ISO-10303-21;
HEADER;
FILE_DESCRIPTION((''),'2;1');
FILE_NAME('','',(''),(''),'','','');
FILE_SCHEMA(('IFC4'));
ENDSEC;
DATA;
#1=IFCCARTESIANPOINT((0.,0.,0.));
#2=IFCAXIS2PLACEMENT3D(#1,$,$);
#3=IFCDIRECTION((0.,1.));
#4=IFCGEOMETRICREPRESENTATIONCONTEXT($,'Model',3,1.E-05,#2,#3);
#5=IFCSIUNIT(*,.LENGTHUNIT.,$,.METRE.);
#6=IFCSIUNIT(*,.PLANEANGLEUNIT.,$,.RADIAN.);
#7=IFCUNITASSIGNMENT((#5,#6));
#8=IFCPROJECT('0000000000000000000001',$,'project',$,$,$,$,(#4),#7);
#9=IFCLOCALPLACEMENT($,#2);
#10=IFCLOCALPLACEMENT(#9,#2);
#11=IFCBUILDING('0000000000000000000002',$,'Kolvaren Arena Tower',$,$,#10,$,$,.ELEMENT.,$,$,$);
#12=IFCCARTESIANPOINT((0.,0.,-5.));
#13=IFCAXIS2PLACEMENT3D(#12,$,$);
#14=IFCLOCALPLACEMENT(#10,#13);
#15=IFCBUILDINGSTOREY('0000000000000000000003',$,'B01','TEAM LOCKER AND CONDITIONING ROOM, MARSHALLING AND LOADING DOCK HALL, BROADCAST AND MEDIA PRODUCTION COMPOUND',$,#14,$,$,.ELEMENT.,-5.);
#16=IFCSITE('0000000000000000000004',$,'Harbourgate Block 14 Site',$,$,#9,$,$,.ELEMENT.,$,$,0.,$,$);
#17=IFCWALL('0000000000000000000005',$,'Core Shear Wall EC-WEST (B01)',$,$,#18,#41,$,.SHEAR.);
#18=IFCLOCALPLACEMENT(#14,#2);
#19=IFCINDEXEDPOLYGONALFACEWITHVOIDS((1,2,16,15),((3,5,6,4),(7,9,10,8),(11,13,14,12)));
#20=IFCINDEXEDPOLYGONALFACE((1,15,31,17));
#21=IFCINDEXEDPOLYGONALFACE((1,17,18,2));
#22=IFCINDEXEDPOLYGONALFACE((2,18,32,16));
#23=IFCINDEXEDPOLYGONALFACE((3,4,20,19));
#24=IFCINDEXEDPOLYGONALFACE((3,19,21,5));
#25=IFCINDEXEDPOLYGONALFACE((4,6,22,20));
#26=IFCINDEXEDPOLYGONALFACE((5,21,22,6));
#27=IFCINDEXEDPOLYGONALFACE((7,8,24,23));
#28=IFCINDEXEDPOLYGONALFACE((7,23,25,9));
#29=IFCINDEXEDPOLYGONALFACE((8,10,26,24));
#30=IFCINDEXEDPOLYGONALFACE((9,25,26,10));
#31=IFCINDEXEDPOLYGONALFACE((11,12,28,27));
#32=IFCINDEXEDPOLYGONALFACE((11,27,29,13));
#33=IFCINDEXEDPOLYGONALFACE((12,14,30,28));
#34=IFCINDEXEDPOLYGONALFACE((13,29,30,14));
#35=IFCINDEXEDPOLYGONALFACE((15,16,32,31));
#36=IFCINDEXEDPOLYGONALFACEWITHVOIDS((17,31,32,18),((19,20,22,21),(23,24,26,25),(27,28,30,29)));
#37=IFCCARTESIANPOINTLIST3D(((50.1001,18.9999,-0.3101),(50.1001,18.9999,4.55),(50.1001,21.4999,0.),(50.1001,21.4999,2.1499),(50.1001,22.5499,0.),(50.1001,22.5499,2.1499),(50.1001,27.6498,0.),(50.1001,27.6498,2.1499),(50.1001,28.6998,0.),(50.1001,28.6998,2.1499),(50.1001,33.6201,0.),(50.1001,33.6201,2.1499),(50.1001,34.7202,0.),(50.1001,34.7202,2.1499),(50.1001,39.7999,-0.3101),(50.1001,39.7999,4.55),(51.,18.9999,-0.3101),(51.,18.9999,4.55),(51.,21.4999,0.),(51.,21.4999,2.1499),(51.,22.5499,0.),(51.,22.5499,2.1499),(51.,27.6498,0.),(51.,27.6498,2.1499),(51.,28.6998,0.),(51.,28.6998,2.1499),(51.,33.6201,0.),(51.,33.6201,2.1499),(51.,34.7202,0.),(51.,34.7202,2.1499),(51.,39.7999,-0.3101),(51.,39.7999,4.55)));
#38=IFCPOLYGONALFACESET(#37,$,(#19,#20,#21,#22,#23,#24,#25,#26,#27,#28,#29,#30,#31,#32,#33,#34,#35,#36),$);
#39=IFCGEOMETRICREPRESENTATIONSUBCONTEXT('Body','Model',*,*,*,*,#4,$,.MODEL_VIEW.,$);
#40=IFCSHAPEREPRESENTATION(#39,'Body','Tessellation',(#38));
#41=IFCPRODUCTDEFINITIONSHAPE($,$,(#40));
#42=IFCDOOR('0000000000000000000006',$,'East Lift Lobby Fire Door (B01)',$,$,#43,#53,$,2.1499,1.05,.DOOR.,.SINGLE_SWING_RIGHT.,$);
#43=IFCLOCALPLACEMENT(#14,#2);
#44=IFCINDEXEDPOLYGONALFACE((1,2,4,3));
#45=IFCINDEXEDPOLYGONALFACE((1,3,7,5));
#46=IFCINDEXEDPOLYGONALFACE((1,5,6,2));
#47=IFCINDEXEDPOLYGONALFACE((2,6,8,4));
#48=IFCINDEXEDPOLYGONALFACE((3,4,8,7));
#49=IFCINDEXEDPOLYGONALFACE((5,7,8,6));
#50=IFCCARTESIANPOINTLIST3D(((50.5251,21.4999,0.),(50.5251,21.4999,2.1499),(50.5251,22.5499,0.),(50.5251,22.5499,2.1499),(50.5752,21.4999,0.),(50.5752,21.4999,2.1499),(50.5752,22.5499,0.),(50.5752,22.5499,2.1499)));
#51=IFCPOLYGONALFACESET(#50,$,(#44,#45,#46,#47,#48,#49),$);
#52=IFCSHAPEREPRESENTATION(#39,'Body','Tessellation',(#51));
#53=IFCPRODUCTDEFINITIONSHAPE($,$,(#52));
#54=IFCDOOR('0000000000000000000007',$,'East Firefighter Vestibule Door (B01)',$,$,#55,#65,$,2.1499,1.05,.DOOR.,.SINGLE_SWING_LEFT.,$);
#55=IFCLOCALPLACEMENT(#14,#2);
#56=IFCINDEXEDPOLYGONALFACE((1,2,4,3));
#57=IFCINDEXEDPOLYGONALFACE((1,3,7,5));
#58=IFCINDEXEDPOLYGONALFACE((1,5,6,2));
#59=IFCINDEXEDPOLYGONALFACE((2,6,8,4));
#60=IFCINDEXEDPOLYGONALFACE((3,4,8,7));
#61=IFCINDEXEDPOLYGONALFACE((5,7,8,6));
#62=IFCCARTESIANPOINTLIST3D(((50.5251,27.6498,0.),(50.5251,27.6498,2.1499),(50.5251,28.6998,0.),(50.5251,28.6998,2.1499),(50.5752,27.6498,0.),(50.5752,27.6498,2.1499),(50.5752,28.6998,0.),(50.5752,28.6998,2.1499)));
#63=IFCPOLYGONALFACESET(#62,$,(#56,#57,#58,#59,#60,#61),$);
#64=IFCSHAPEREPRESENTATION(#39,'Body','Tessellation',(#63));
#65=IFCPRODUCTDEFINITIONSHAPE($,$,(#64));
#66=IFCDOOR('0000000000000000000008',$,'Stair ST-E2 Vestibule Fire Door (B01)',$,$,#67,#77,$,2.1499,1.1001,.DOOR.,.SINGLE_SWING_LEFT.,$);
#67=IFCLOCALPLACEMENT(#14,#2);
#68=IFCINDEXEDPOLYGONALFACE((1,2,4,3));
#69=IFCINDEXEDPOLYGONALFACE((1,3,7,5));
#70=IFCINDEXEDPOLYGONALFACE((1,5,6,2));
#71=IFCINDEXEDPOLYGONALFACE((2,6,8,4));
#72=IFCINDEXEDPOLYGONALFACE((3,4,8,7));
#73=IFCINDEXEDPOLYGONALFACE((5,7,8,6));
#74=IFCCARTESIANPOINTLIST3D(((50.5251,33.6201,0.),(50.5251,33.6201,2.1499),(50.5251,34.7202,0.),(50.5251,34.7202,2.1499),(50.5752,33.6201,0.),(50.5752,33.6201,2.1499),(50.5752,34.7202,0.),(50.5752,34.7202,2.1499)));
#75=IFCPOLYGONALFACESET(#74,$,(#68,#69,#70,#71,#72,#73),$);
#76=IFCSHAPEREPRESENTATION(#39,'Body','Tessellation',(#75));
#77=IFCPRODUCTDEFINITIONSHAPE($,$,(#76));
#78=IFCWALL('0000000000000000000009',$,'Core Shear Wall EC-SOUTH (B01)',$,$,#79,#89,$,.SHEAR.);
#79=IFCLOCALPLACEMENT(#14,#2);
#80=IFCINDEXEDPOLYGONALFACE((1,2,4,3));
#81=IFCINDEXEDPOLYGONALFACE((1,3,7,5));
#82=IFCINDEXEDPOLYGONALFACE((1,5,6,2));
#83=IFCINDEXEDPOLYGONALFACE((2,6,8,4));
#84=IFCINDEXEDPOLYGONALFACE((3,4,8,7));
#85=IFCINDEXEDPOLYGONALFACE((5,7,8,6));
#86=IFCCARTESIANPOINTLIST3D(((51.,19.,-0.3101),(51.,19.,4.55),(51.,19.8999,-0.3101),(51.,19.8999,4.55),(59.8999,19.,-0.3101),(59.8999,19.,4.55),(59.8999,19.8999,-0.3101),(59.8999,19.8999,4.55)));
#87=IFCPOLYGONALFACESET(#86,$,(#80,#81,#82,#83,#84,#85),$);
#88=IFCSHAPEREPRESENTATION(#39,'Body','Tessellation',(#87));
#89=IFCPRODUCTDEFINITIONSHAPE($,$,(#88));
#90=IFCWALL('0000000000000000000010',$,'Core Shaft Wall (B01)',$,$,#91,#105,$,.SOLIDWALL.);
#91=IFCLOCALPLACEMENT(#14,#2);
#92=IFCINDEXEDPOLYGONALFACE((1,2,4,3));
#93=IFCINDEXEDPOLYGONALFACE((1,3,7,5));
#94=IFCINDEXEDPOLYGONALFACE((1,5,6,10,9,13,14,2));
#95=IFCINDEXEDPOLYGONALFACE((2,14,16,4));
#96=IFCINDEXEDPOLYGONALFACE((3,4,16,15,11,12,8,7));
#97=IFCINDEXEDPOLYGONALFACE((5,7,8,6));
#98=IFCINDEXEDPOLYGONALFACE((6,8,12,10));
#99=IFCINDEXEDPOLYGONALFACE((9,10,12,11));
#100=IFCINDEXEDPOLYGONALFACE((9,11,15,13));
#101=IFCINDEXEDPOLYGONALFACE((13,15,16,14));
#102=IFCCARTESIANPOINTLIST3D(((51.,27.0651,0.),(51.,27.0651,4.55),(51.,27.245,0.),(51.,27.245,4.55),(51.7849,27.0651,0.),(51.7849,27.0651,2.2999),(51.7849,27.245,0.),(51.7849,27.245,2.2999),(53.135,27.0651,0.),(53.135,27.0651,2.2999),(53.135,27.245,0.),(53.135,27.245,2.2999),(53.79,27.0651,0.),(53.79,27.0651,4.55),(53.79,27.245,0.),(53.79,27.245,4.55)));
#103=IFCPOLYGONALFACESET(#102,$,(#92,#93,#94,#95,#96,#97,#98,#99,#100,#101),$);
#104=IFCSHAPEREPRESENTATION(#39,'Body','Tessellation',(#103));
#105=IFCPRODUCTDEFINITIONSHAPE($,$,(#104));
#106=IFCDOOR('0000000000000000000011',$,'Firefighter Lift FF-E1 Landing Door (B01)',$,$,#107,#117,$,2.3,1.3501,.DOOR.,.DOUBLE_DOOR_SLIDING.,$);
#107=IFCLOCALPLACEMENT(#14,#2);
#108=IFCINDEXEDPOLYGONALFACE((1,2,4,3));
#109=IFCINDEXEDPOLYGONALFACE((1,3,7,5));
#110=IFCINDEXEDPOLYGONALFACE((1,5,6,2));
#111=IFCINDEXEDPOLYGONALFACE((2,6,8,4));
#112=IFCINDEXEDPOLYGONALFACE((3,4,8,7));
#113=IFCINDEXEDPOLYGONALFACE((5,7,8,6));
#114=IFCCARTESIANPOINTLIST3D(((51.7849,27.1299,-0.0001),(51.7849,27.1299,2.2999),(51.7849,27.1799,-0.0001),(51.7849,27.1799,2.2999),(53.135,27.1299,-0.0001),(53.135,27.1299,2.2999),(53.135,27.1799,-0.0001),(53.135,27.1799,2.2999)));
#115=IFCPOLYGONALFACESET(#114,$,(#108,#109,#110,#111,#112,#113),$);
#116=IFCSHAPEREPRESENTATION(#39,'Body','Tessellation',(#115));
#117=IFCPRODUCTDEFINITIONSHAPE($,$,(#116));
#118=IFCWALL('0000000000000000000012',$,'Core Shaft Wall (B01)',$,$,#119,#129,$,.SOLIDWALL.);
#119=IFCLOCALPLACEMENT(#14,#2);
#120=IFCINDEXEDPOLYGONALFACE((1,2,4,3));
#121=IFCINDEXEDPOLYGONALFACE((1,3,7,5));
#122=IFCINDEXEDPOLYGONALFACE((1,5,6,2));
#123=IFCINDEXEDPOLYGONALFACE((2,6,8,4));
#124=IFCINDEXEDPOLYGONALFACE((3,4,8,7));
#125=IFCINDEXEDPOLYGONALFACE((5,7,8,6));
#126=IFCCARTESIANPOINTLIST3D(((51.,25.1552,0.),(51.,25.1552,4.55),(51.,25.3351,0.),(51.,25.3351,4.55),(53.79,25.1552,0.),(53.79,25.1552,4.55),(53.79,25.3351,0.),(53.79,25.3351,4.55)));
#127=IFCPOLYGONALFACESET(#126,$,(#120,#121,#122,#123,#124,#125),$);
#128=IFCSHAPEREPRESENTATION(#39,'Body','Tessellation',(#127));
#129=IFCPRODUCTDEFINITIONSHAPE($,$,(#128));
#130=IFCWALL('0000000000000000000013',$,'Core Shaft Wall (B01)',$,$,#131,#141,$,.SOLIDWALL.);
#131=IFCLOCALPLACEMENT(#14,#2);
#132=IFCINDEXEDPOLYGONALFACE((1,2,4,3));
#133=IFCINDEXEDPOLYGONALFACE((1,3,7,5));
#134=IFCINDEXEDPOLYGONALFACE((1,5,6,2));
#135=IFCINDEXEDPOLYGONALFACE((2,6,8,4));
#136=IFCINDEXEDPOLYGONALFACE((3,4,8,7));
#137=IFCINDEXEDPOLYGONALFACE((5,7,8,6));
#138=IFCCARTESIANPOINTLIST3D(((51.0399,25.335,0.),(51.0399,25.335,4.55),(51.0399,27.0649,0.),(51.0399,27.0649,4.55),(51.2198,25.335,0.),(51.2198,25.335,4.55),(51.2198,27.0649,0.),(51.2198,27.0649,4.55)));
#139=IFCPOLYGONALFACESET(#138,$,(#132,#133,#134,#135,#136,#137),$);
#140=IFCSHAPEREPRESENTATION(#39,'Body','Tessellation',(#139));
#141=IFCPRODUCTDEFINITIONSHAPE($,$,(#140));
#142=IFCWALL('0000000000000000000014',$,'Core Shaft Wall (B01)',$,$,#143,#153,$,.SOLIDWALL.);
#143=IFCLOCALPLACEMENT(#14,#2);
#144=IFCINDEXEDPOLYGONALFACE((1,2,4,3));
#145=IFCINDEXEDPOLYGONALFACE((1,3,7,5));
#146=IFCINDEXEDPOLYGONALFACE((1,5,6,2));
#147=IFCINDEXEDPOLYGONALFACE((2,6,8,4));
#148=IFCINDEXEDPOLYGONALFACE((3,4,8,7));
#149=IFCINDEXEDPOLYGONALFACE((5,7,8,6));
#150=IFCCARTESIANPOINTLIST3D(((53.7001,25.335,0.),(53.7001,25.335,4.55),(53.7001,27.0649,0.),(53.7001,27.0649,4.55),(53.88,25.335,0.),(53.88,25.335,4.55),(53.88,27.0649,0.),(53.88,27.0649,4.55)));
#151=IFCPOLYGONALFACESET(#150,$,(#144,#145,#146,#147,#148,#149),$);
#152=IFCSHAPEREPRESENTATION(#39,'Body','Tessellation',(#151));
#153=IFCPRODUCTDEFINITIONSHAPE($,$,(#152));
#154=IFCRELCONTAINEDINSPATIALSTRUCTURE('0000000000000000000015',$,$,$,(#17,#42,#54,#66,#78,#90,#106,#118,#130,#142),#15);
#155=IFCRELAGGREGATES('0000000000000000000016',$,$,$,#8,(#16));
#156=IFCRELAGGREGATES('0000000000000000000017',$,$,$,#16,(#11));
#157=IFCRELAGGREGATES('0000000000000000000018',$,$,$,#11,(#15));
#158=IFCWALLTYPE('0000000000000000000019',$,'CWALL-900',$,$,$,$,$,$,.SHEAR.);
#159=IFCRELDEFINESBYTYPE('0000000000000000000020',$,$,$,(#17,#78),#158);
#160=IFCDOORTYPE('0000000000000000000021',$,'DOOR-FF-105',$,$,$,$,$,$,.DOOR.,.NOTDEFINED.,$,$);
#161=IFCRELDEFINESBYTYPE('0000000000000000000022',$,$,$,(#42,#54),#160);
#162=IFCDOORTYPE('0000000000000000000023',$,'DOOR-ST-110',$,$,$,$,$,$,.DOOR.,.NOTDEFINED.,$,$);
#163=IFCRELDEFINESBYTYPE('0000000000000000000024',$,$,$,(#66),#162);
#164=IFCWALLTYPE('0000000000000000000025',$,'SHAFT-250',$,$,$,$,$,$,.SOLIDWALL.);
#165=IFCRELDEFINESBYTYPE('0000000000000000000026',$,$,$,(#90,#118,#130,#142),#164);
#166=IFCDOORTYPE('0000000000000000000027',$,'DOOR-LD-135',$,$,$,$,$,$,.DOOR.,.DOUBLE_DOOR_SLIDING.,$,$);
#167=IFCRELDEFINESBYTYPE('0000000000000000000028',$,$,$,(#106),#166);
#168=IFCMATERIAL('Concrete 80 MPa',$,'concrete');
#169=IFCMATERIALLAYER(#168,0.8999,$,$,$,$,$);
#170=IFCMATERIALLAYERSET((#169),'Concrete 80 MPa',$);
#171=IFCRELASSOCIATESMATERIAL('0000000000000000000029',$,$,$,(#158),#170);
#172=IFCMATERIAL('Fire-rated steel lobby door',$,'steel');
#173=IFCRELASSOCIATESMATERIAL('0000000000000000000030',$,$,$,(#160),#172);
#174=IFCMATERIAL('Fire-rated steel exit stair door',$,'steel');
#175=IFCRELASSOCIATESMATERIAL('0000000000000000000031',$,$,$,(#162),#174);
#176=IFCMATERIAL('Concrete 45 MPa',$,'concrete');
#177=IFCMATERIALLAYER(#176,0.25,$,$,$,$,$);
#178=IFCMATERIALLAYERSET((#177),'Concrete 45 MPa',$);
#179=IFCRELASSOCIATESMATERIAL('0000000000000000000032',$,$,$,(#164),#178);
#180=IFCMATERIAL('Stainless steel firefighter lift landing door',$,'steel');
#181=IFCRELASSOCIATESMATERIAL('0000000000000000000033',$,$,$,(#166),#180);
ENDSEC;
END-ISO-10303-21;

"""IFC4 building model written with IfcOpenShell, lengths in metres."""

from ifc_helpers import new_model, si_unit, direction, frame, frame_2d, origin, place, context, subcontext, project, spatial, rectangle, extrude, material, layer, layer_set, type_object, element, fill, save


model = new_model("IFC4")

# Units and contexts
model_context = context("Model", 3, precision=1e-05, world=origin(), true_north=direction((0.0, 1.0)))
body_context = subcontext(model_context, "Body", "Model", "MODEL_VIEW")
ifc_project = project(units=[si_unit("LENGTHUNIT", "METRE"), si_unit("PLANEANGLEUNIT", "RADIAN")], contexts=[model_context])

# Site, building, storey
site_placement = place(None, origin())
site = spatial("IfcSite", under=ifc_project, at=site_placement, Name="Harbourgate Block 14 Site", CompositionType="ELEMENT", RefElevation=0.0)
building_placement = place(site_placement, origin())
building = spatial("IfcBuilding", under=site, at=building_placement, Name="Kolvaren Arena Tower", CompositionType="ELEMENT")
storey_placement = place(building_placement, frame((0.0, 0.0, -5.0)))
storey = spatial("IfcBuildingStorey", under=building, at=storey_placement, Name="B01", Description="TEAM LOCKER AND CONDITIONING ROOM, MARSHALLING AND LOADING DOCK HALL, BROADCAST AND MEDIA PRODUCTION COMPOUND", CompositionType="ELEMENT", Elevation=-5.0)

# Wall, openings, doors
ifc_material_1 = material(Name="Concrete 80 MPa", Category="concrete")
ifc_layer_1 = layer(ifc_material_1, 0.8999)
ifc_layer_set_1 = layer_set([ifc_layer_1], Name="Concrete 80 MPa")
wall_type_1 = type_object("IfcWallType", Name="CWALL-900", PredefinedType="SHEAR", material=ifc_layer_set_1)
wall_1_placement = place(storey_placement, frame((50.55, 19.0, -0.3101), z_axis=(0.0, 0.0, 1.0), x_axis=(0.0, 1.0, 0.0)))
wall_1 = element("IfcWall", 1, at=wall_1_placement, inside=storey, type_object=wall_type_1, Name="Core Shear Wall EC-WEST (B01)", PredefinedType="SHEAR", context=body_context, shape_type="SweptSolid", body=[
    extrude(rectangle(XDim=20.8, YDim=0.8999, at=frame_2d((10.3999, 0.0))), origin(), (0.0, 0.0, 1.0), 4.8601),
])
opening_1_placement = place(wall_1_placement, frame((2.5, 0.0, 0.3101)))
opening_1 = element("IfcOpeningElement", 2, at=opening_1_placement, cuts=wall_1, PredefinedType="OPENING", context=body_context, shape_type="SweptSolid", body=[
    extrude(rectangle(XDim=1.05, YDim=2.1499, at=frame_2d((0.5249, 1.075))), frame((0.0, 0.46, 0.0), z_axis=(0.0, -1.0, 0.0), x_axis=(1.0, 0.0, 0.0)), (0.0, 0.0, 1.0), 0.9199),
])
opening_2_placement = place(wall_1_placement, frame((8.6499, 0.0, 0.3101)))
opening_2 = element("IfcOpeningElement", 3, at=opening_2_placement, cuts=wall_1, PredefinedType="OPENING", context=body_context, shape_type="SweptSolid", body=[
    extrude(rectangle(XDim=1.05, YDim=2.1499, at=frame_2d((0.5249, 1.075))), frame((0.0, 0.46, 0.0), z_axis=(0.0, -1.0, 0.0), x_axis=(1.0, 0.0, 0.0)), (0.0, 0.0, 1.0), 0.9199),
])
opening_3_placement = place(wall_1_placement, frame((14.6201, 0.0, 0.3101)))
opening_3 = element("IfcOpeningElement", 4, at=opening_3_placement, cuts=wall_1, PredefinedType="OPENING", context=body_context, shape_type="SweptSolid", body=[
    extrude(rectangle(XDim=1.1001, YDim=2.1499, at=frame_2d((0.55, 1.075))), frame((0.0, 0.46, 0.0), z_axis=(0.0, -1.0, 0.0), x_axis=(1.0, 0.0, 0.0)), (0.0, 0.0, 1.0), 0.9199),
])
ifc_material_2 = material(Name="Fire-rated steel lobby door", Category="steel")
door_type_1 = type_object("IfcDoorType", Name="DOOR-FF-105", OperationType="NOTDEFINED", PredefinedType="DOOR", material=ifc_material_2)
door_1_placement = place(opening_1_placement, origin())
door_1 = element("IfcDoor", 5, at=door_1_placement, inside=storey, type_object=door_type_1, Name="East Lift Lobby Fire Door (B01)", OperationType="SINGLE_SWING_RIGHT", OverallHeight=2.1499, OverallWidth=1.05, PredefinedType="DOOR", context=body_context, shape_type="SweptSolid", body=[
    extrude(rectangle(XDim=1.05, YDim=2.1499, at=frame_2d((0.5249, 1.075))), frame((0.0, 0.0249, 0.0), z_axis=(0.0, -1.0, 0.0), x_axis=(1.0, 0.0, 0.0)), (0.0, 0.0, 1.0), 0.05),
])
fill(opening_1, door_1)
door_2_placement = place(opening_2_placement, origin())
door_2 = element("IfcDoor", 6, at=door_2_placement, inside=storey, type_object=door_type_1, Name="East Firefighter Vestibule Door (B01)", OperationType="SINGLE_SWING_LEFT", OverallHeight=2.1499, OverallWidth=1.05, PredefinedType="DOOR", context=body_context, shape_type="SweptSolid", body=[
    extrude(rectangle(XDim=1.05, YDim=2.1499, at=frame_2d((0.5249, 1.075))), frame((0.0, 0.0249, 0.0), z_axis=(0.0, -1.0, 0.0), x_axis=(1.0, 0.0, 0.0)), (0.0, 0.0, 1.0), 0.05),
])
fill(opening_2, door_2)
ifc_material_3 = material(Name="Fire-rated steel exit stair door", Category="steel")
door_type_2 = type_object("IfcDoorType", Name="DOOR-ST-110", OperationType="NOTDEFINED", PredefinedType="DOOR", material=ifc_material_3)
door_3_placement = place(opening_3_placement, origin())
door_3 = element("IfcDoor", 7, at=door_3_placement, inside=storey, type_object=door_type_2, Name="Stair ST-E2 Vestibule Fire Door (B01)", OperationType="SINGLE_SWING_LEFT", OverallHeight=2.1499, OverallWidth=1.1001, PredefinedType="DOOR", context=body_context, shape_type="SweptSolid", body=[
    extrude(rectangle(XDim=1.1001, YDim=2.1499, at=frame_2d((0.55, 1.075))), frame((0.0, 0.0249, 0.0), z_axis=(0.0, -1.0, 0.0), x_axis=(1.0, 0.0, 0.0)), (0.0, 0.0, 1.0), 0.05),
])
fill(opening_3, door_3)

# Wall
wall_2_placement = place(storey_placement, frame((51.0, 19.45, -0.3101), z_axis=(0.0, 0.0, 1.0), x_axis=(1.0, 0.0, 0.0)))
element("IfcWall", 8, at=wall_2_placement, inside=storey, type_object=wall_type_1, Name="Core Shear Wall EC-SOUTH (B01)", PredefinedType="SHEAR", context=body_context, shape_type="SweptSolid", body=[
    extrude(rectangle(XDim=8.8999, YDim=0.8999, at=frame_2d((4.45, 0.0))), origin(), (0.0, 0.0, 1.0), 4.8601),
])

# Wall, opening, door
ifc_material_4 = material(Name="Concrete 45 MPa", Category="concrete")
ifc_layer_2 = layer(ifc_material_4, 0.25)
ifc_layer_set_2 = layer_set([ifc_layer_2], Name="Concrete 45 MPa")
wall_type_2 = type_object("IfcWallType", Name="SHAFT-250", PredefinedType="SOLIDWALL", material=ifc_layer_set_2)
wall_3_placement = place(storey_placement, frame((51.0, 27.155, 0.0), z_axis=(0.0, 0.0, 1.0), x_axis=(1.0, 0.0, 0.0)))
wall_3 = element("IfcWall", 9, at=wall_3_placement, inside=storey, type_object=wall_type_2, Name="Core Shaft Wall (B01)", PredefinedType="SOLIDWALL", context=body_context, shape_type="SweptSolid", body=[
    extrude(rectangle(XDim=2.79, YDim=0.1799, at=frame_2d((1.395, 0.0))), origin(), (0.0, 0.0, 1.0), 4.55),
])
opening_4_placement = place(wall_3_placement, frame((0.7849, 0.0, 0.0)))
opening_4 = element("IfcOpeningElement", 10, at=opening_4_placement, cuts=wall_3, PredefinedType="OPENING", context=body_context, shape_type="SweptSolid", body=[
    extrude(rectangle(XDim=1.3501, YDim=2.3, at=frame_2d((0.675, 1.1499))), frame((0.0, 0.0999, 0.0), z_axis=(0.0, -1.0, 0.0), x_axis=(1.0, 0.0, 0.0)), (0.0, 0.0, 1.0), 0.2),
])
ifc_material_5 = material(Name="Stainless steel firefighter lift landing door", Category="steel")
door_type_3 = type_object("IfcDoorType", Name="DOOR-LD-135", OperationType="DOUBLE_DOOR_SLIDING", PredefinedType="DOOR", material=ifc_material_5)
door_4_placement = place(opening_4_placement, origin())
door_4 = element("IfcDoor", 11, at=door_4_placement, inside=storey, type_object=door_type_3, Name="Firefighter Lift FF-E1 Landing Door (B01)", OperationType="DOUBLE_DOOR_SLIDING", OverallHeight=2.3, OverallWidth=1.3501, PredefinedType="DOOR", context=body_context, shape_type="SweptSolid", body=[
    extrude(rectangle(XDim=1.3501, YDim=2.3, at=frame_2d((0.675, 1.1499))), frame((0.0, 0.0249, 0.0), z_axis=(0.0, -1.0, 0.0), x_axis=(1.0, 0.0, 0.0)), (0.0, 0.0, 1.0), 0.05),
])
fill(opening_4, door_4)

# Walls
wall_4_placement = place(storey_placement, frame((51.0, 25.2451, 0.0), z_axis=(0.0, 0.0, 1.0), x_axis=(1.0, 0.0, 0.0)))
element("IfcWall", 12, at=wall_4_placement, inside=storey, type_object=wall_type_2, Name="Core Shaft Wall (B01)", PredefinedType="SOLIDWALL", context=body_context, shape_type="SweptSolid", body=[
    extrude(rectangle(XDim=2.79, YDim=0.1799, at=frame_2d((1.395, 0.0))), origin(), (0.0, 0.0, 1.0), 4.55),
])
for number, where, z_axis, x_axis, name in (
    (13, (51.1299, 25.335, 0.0), (0.0, 0.0, 1.0), (0.0, 1.0, 0.0), "Core Shaft Wall (B01)"),
    (14, (53.79, 25.335, 0.0), (0.0, 0.0, 1.0), (0.0, 1.0, 0.0), "Core Shaft Wall (B01)"),
):
    element("IfcWall", number, at=place(storey_placement, frame(where, z_axis=z_axis, x_axis=x_axis)), inside=storey, type_object=wall_type_2, Name=name, PredefinedType="SOLIDWALL", context=body_context, shape_type="SweptSolid", body=[
        extrude(rectangle(XDim=1.73, YDim=0.1799, at=frame_2d((0.865, 0.0))), origin(), (0.0, 0.0, 1.0), 4.55),
    ])

save(model, "model.ifc")
